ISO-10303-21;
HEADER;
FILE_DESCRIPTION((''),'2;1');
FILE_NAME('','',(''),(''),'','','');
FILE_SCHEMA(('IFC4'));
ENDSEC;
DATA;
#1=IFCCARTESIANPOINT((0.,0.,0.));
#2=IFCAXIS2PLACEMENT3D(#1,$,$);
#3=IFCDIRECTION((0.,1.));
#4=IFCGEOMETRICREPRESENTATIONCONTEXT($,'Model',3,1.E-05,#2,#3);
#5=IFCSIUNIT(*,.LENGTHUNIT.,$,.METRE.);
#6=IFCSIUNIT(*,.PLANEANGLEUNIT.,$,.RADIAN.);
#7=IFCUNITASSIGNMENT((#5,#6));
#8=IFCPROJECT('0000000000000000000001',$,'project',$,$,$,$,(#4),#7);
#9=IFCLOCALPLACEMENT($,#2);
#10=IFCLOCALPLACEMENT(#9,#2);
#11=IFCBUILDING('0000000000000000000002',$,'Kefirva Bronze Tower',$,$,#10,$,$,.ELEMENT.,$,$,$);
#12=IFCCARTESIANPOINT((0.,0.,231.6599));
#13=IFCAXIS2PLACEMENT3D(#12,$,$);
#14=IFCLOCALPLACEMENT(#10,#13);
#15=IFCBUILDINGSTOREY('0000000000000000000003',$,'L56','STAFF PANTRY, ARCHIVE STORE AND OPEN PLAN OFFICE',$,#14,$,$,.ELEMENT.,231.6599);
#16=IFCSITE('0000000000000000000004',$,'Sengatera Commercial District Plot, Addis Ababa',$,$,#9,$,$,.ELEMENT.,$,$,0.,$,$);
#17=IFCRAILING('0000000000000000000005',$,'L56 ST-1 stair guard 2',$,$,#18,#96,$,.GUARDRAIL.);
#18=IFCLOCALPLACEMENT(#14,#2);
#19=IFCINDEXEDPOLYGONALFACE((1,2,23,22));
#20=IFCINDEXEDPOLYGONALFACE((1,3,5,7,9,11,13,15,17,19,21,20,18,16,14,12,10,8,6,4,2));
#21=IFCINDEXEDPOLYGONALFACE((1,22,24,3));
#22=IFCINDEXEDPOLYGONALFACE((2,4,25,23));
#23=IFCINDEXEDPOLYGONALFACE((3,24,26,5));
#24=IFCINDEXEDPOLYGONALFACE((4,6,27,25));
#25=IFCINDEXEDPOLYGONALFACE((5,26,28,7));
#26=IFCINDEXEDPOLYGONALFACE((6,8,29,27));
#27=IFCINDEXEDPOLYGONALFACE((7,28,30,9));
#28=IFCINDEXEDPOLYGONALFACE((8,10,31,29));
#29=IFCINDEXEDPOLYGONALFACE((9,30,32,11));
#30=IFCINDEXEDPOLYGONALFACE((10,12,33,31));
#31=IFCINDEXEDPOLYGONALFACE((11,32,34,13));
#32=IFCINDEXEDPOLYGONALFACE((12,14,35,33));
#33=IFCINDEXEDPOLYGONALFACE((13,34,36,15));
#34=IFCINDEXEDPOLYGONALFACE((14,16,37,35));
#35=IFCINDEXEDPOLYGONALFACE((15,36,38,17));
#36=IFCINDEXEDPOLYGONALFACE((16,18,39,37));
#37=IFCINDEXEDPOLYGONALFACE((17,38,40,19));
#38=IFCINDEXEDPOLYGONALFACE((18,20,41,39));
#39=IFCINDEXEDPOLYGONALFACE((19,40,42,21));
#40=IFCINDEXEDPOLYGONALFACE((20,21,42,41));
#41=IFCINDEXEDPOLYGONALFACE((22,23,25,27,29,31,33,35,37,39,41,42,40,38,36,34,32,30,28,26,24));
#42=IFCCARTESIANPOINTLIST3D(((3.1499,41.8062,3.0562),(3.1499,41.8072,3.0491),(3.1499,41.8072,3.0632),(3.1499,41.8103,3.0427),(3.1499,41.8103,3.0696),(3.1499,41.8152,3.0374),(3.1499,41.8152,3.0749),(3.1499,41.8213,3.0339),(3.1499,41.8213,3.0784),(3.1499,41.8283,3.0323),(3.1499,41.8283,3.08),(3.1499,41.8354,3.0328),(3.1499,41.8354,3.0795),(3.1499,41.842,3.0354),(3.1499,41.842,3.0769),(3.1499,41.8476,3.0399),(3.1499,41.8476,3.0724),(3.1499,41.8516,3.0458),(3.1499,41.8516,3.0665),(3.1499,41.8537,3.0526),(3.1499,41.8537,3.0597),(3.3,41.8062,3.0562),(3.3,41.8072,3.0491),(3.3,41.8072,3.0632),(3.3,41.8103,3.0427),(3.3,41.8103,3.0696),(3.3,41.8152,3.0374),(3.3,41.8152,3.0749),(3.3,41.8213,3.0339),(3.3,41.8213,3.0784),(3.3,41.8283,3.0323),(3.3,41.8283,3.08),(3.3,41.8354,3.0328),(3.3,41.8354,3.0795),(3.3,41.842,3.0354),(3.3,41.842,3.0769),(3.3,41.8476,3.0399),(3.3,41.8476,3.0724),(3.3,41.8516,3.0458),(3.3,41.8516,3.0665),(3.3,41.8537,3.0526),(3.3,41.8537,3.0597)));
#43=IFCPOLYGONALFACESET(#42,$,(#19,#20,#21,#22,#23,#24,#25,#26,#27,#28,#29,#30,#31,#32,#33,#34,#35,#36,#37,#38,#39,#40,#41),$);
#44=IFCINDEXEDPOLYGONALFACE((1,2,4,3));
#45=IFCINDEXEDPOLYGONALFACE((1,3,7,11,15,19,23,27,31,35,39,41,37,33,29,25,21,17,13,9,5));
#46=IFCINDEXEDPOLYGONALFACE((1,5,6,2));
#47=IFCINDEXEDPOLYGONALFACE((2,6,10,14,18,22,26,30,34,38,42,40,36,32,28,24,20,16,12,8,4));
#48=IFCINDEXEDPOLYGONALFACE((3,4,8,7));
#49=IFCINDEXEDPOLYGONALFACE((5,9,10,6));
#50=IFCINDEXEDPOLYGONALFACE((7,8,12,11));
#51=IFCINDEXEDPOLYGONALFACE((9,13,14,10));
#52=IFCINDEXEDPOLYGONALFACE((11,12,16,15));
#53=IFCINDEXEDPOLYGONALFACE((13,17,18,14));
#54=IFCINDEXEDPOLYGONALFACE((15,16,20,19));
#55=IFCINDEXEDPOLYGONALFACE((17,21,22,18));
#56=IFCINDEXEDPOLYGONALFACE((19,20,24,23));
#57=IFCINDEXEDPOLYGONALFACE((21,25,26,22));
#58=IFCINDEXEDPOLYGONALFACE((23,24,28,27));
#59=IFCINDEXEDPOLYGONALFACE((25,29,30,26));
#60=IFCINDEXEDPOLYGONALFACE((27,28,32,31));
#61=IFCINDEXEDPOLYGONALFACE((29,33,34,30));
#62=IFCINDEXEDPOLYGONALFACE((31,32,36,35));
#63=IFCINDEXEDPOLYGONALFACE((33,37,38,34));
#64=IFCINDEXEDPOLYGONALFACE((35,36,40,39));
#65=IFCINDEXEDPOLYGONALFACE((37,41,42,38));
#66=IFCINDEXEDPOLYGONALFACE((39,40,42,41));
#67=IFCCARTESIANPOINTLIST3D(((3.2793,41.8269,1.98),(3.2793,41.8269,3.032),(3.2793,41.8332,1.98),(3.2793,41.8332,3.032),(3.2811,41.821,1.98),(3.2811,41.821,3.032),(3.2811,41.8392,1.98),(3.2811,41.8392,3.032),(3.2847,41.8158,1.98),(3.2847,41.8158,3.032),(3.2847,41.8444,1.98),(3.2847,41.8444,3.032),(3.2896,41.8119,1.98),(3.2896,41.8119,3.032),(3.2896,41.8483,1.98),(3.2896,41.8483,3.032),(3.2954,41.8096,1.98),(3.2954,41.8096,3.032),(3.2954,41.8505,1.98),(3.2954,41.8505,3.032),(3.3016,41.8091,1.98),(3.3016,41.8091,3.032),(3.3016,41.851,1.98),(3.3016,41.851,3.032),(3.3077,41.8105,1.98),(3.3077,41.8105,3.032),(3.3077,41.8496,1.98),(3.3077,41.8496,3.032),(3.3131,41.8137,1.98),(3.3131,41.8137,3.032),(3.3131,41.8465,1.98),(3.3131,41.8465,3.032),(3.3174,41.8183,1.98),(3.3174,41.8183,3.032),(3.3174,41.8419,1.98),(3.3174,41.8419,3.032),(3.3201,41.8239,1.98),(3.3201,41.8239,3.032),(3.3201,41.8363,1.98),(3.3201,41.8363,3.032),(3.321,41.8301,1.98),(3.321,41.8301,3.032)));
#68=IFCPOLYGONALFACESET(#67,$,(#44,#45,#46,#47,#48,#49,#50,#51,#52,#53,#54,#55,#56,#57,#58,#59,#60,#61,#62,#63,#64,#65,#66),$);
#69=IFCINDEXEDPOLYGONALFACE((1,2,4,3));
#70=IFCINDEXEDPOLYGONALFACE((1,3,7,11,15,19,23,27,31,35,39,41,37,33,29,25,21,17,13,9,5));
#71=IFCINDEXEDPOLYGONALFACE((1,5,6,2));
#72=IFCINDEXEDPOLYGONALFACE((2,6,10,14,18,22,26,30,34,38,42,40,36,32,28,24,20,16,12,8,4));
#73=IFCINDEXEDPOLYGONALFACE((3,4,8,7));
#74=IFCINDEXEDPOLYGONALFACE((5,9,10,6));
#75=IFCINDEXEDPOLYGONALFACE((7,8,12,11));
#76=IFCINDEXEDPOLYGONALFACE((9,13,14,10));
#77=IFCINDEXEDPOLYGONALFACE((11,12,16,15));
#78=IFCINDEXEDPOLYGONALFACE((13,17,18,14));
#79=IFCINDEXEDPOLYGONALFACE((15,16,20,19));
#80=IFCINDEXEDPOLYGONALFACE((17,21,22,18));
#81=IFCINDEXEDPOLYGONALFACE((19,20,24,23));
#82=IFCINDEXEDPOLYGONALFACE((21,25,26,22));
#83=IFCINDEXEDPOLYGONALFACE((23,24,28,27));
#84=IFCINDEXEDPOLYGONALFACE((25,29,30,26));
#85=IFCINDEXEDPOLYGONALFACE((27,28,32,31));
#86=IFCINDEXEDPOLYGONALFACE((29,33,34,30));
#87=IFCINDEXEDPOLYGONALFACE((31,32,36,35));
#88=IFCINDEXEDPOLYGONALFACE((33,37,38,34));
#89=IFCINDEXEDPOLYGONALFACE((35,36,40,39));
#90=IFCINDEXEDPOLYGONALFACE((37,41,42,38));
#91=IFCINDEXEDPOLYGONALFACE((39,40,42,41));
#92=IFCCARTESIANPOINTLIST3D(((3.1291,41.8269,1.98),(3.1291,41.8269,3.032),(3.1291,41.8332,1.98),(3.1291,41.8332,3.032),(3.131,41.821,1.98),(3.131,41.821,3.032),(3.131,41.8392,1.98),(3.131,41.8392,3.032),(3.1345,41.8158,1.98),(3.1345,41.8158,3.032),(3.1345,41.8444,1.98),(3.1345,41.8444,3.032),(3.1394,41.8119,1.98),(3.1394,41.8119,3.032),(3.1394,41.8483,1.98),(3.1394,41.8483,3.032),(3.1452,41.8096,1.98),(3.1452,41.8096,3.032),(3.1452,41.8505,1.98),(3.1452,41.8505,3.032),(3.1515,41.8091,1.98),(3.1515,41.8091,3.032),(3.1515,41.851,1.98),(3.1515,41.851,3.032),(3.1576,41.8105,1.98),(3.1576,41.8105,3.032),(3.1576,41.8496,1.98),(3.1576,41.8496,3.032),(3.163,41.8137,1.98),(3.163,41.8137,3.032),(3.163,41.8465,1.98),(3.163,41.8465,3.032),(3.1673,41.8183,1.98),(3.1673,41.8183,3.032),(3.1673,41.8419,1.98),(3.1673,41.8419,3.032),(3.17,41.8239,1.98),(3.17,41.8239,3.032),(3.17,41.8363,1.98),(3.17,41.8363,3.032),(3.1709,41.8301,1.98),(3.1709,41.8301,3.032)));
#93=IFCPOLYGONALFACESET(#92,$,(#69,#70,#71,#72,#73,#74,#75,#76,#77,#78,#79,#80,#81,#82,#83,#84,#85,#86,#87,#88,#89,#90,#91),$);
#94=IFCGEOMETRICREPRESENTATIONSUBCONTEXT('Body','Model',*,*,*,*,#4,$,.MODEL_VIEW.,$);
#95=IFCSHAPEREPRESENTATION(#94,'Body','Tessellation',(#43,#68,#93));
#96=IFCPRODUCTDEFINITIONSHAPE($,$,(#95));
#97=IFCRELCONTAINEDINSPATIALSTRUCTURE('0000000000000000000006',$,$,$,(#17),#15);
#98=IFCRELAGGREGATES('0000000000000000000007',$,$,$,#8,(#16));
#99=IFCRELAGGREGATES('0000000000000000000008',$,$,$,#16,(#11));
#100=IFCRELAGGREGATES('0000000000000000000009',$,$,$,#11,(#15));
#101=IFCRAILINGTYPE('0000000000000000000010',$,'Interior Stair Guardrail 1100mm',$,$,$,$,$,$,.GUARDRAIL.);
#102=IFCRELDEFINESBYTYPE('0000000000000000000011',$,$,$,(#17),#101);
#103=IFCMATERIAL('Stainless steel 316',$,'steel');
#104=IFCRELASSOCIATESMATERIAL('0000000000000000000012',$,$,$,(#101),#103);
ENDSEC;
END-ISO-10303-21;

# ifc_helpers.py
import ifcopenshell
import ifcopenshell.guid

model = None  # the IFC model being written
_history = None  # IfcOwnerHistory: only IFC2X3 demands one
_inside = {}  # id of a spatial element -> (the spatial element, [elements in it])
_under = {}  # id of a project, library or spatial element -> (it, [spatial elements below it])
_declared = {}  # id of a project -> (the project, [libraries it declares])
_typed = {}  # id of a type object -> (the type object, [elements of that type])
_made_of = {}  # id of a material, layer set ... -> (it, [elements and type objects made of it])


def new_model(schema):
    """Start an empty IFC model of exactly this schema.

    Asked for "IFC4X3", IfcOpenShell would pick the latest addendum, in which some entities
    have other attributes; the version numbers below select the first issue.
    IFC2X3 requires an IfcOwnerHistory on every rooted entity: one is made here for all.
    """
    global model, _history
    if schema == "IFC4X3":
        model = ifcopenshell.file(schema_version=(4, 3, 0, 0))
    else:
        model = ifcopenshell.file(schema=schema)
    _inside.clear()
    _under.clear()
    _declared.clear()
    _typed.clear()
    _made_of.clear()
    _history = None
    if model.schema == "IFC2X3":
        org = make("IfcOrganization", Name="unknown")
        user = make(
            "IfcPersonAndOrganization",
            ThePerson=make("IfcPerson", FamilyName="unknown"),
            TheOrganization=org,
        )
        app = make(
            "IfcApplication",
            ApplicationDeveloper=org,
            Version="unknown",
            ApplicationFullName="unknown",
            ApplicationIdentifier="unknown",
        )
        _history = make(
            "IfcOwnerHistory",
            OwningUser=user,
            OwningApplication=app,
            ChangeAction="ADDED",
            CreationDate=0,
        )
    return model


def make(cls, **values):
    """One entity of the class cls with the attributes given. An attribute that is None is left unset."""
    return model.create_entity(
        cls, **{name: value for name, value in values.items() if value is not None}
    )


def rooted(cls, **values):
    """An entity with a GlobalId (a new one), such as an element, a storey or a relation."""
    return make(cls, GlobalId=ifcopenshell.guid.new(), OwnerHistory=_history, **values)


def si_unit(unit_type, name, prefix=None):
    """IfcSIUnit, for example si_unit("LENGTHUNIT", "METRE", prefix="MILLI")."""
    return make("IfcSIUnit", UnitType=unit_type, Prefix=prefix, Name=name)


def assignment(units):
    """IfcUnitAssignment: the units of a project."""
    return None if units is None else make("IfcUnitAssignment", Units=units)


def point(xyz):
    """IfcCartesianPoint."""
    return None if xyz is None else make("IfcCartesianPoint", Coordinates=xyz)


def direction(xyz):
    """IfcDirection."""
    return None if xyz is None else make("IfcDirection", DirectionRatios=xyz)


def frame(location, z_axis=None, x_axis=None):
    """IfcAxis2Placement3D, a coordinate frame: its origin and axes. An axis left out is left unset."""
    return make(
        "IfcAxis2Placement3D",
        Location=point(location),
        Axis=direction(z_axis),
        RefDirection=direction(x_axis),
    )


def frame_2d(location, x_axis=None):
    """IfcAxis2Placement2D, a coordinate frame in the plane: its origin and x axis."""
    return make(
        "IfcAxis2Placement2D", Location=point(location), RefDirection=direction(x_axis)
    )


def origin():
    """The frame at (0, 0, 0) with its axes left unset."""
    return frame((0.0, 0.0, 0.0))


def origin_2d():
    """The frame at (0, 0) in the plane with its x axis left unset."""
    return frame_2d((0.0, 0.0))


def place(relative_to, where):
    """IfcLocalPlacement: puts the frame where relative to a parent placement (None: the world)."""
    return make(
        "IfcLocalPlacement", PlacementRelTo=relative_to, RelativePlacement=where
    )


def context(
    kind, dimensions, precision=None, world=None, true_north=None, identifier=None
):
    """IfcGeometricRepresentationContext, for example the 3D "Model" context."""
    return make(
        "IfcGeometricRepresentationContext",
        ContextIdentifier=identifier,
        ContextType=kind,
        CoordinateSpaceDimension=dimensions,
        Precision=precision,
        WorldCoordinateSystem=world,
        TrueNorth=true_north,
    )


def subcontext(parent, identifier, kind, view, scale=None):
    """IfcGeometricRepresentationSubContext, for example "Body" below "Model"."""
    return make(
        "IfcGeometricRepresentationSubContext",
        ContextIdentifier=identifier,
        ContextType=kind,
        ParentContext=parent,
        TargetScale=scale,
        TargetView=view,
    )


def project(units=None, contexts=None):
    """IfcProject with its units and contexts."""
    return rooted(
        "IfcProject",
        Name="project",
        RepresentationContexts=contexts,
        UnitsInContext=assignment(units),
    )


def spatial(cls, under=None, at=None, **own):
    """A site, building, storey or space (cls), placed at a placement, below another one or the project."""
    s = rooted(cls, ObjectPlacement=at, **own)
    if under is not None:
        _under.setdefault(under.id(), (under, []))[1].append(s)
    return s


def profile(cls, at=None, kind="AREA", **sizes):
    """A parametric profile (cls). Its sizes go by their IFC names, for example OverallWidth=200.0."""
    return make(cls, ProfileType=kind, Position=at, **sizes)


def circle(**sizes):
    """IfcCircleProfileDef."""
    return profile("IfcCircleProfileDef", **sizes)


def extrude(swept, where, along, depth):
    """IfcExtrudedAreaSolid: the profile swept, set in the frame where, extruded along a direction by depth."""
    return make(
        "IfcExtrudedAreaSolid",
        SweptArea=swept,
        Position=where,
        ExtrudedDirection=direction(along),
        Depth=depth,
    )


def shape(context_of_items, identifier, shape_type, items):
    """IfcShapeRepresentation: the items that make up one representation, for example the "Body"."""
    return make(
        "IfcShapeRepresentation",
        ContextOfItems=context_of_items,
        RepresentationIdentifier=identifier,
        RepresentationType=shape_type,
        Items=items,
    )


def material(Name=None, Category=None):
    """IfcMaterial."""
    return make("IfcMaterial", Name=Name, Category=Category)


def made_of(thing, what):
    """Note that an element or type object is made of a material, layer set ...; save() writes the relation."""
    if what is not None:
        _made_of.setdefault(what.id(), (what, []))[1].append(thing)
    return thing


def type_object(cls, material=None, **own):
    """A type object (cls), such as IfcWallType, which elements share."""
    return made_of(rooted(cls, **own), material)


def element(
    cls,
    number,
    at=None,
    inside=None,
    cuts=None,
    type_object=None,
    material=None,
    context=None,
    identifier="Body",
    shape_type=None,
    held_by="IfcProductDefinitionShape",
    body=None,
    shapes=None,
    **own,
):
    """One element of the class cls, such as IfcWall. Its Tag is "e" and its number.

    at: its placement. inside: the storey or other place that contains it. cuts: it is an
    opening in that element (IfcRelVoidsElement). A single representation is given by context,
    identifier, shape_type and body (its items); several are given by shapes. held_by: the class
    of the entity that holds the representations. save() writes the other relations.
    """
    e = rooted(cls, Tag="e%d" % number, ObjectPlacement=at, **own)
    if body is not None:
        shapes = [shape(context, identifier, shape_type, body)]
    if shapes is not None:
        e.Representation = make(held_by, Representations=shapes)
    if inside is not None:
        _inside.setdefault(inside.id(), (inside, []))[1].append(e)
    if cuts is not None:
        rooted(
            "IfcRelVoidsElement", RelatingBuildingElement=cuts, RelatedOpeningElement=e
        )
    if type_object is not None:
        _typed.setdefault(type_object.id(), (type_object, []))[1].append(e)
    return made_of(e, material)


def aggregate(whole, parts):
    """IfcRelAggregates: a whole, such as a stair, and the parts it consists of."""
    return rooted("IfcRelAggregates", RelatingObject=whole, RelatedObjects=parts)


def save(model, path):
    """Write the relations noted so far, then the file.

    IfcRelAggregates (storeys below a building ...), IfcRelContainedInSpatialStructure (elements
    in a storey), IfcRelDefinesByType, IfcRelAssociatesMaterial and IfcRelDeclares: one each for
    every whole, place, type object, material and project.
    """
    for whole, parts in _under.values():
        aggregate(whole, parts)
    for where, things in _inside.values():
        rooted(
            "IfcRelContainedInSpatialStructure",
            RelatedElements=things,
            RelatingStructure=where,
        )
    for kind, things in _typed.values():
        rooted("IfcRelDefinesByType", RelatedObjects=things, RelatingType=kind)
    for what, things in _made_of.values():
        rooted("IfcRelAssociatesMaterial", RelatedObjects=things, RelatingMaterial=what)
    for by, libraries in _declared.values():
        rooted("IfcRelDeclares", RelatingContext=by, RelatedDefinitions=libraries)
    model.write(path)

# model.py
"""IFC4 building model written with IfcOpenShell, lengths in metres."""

from ifc_helpers import new_model, si_unit, direction, frame, origin, origin_2d, place, context, subcontext, project, spatial, circle, extrude, material, type_object, element, save


model = new_model("IFC4")

# Units and contexts
model_context = context("Model", 3, precision=1e-05, world=origin(), true_north=direction((0.0, 1.0)))
body_context = subcontext(model_context, "Body", "Model", "MODEL_VIEW")
ifc_project = project(units=[si_unit("LENGTHUNIT", "METRE"), si_unit("PLANEANGLEUNIT", "RADIAN")], contexts=[model_context])

# Site, building, storey
site_placement = place(None, origin())
site = spatial("IfcSite", under=ifc_project, at=site_placement, Name="Sengatera Commercial District Plot, Addis Ababa", CompositionType="ELEMENT", RefElevation=0.0)
building_placement = place(site_placement, origin())
building = spatial("IfcBuilding", under=site, at=building_placement, Name="Kefirva Bronze Tower", CompositionType="ELEMENT")
storey_placement = place(building_placement, frame((0.0, 0.0, 231.6599)))
storey = spatial("IfcBuildingStorey", under=building, at=storey_placement, Name="L56", Description="STAFF PANTRY, ARCHIVE STORE AND OPEN PLAN OFFICE", CompositionType="ELEMENT", Elevation=231.6599)

# Railing
ifc_material_1 = material(Name="Stainless steel 316", Category="steel")
railing_type_1 = type_object("IfcRailingType", Name="Interior Stair Guardrail 1100mm", PredefinedType="GUARDRAIL", material=ifc_material_1)
railing_1_placement = place(storey_placement, frame((3.3, 41.8301, 1.98)))
element("IfcRailing", 1, at=railing_1_placement, inside=storey, type_object=railing_type_1, Name="L56 ST-1 stair guard 2", PredefinedType="GUARDRAIL", context=body_context, shape_type="SweptSolid", body=[
    extrude(circle(Radius=0.0239, at=origin_2d()), frame((0.0, 0.0, 1.0762), z_axis=(-1.0, 0.0, 0.0), x_axis=(0.0, -1.0, 0.0)), (0.0, 0.0, 1.0), 0.1501),
    extrude(circle(Radius=0.021, at=origin_2d()), origin(), (0.0, 0.0, 1.0), 1.052),
    extrude(circle(Radius=0.021, at=origin_2d()), frame((-0.1501, 0.0, 0.0)), (0.0, 0.0, 1.0), 1.052),
])

save(model, "model.ifc")
